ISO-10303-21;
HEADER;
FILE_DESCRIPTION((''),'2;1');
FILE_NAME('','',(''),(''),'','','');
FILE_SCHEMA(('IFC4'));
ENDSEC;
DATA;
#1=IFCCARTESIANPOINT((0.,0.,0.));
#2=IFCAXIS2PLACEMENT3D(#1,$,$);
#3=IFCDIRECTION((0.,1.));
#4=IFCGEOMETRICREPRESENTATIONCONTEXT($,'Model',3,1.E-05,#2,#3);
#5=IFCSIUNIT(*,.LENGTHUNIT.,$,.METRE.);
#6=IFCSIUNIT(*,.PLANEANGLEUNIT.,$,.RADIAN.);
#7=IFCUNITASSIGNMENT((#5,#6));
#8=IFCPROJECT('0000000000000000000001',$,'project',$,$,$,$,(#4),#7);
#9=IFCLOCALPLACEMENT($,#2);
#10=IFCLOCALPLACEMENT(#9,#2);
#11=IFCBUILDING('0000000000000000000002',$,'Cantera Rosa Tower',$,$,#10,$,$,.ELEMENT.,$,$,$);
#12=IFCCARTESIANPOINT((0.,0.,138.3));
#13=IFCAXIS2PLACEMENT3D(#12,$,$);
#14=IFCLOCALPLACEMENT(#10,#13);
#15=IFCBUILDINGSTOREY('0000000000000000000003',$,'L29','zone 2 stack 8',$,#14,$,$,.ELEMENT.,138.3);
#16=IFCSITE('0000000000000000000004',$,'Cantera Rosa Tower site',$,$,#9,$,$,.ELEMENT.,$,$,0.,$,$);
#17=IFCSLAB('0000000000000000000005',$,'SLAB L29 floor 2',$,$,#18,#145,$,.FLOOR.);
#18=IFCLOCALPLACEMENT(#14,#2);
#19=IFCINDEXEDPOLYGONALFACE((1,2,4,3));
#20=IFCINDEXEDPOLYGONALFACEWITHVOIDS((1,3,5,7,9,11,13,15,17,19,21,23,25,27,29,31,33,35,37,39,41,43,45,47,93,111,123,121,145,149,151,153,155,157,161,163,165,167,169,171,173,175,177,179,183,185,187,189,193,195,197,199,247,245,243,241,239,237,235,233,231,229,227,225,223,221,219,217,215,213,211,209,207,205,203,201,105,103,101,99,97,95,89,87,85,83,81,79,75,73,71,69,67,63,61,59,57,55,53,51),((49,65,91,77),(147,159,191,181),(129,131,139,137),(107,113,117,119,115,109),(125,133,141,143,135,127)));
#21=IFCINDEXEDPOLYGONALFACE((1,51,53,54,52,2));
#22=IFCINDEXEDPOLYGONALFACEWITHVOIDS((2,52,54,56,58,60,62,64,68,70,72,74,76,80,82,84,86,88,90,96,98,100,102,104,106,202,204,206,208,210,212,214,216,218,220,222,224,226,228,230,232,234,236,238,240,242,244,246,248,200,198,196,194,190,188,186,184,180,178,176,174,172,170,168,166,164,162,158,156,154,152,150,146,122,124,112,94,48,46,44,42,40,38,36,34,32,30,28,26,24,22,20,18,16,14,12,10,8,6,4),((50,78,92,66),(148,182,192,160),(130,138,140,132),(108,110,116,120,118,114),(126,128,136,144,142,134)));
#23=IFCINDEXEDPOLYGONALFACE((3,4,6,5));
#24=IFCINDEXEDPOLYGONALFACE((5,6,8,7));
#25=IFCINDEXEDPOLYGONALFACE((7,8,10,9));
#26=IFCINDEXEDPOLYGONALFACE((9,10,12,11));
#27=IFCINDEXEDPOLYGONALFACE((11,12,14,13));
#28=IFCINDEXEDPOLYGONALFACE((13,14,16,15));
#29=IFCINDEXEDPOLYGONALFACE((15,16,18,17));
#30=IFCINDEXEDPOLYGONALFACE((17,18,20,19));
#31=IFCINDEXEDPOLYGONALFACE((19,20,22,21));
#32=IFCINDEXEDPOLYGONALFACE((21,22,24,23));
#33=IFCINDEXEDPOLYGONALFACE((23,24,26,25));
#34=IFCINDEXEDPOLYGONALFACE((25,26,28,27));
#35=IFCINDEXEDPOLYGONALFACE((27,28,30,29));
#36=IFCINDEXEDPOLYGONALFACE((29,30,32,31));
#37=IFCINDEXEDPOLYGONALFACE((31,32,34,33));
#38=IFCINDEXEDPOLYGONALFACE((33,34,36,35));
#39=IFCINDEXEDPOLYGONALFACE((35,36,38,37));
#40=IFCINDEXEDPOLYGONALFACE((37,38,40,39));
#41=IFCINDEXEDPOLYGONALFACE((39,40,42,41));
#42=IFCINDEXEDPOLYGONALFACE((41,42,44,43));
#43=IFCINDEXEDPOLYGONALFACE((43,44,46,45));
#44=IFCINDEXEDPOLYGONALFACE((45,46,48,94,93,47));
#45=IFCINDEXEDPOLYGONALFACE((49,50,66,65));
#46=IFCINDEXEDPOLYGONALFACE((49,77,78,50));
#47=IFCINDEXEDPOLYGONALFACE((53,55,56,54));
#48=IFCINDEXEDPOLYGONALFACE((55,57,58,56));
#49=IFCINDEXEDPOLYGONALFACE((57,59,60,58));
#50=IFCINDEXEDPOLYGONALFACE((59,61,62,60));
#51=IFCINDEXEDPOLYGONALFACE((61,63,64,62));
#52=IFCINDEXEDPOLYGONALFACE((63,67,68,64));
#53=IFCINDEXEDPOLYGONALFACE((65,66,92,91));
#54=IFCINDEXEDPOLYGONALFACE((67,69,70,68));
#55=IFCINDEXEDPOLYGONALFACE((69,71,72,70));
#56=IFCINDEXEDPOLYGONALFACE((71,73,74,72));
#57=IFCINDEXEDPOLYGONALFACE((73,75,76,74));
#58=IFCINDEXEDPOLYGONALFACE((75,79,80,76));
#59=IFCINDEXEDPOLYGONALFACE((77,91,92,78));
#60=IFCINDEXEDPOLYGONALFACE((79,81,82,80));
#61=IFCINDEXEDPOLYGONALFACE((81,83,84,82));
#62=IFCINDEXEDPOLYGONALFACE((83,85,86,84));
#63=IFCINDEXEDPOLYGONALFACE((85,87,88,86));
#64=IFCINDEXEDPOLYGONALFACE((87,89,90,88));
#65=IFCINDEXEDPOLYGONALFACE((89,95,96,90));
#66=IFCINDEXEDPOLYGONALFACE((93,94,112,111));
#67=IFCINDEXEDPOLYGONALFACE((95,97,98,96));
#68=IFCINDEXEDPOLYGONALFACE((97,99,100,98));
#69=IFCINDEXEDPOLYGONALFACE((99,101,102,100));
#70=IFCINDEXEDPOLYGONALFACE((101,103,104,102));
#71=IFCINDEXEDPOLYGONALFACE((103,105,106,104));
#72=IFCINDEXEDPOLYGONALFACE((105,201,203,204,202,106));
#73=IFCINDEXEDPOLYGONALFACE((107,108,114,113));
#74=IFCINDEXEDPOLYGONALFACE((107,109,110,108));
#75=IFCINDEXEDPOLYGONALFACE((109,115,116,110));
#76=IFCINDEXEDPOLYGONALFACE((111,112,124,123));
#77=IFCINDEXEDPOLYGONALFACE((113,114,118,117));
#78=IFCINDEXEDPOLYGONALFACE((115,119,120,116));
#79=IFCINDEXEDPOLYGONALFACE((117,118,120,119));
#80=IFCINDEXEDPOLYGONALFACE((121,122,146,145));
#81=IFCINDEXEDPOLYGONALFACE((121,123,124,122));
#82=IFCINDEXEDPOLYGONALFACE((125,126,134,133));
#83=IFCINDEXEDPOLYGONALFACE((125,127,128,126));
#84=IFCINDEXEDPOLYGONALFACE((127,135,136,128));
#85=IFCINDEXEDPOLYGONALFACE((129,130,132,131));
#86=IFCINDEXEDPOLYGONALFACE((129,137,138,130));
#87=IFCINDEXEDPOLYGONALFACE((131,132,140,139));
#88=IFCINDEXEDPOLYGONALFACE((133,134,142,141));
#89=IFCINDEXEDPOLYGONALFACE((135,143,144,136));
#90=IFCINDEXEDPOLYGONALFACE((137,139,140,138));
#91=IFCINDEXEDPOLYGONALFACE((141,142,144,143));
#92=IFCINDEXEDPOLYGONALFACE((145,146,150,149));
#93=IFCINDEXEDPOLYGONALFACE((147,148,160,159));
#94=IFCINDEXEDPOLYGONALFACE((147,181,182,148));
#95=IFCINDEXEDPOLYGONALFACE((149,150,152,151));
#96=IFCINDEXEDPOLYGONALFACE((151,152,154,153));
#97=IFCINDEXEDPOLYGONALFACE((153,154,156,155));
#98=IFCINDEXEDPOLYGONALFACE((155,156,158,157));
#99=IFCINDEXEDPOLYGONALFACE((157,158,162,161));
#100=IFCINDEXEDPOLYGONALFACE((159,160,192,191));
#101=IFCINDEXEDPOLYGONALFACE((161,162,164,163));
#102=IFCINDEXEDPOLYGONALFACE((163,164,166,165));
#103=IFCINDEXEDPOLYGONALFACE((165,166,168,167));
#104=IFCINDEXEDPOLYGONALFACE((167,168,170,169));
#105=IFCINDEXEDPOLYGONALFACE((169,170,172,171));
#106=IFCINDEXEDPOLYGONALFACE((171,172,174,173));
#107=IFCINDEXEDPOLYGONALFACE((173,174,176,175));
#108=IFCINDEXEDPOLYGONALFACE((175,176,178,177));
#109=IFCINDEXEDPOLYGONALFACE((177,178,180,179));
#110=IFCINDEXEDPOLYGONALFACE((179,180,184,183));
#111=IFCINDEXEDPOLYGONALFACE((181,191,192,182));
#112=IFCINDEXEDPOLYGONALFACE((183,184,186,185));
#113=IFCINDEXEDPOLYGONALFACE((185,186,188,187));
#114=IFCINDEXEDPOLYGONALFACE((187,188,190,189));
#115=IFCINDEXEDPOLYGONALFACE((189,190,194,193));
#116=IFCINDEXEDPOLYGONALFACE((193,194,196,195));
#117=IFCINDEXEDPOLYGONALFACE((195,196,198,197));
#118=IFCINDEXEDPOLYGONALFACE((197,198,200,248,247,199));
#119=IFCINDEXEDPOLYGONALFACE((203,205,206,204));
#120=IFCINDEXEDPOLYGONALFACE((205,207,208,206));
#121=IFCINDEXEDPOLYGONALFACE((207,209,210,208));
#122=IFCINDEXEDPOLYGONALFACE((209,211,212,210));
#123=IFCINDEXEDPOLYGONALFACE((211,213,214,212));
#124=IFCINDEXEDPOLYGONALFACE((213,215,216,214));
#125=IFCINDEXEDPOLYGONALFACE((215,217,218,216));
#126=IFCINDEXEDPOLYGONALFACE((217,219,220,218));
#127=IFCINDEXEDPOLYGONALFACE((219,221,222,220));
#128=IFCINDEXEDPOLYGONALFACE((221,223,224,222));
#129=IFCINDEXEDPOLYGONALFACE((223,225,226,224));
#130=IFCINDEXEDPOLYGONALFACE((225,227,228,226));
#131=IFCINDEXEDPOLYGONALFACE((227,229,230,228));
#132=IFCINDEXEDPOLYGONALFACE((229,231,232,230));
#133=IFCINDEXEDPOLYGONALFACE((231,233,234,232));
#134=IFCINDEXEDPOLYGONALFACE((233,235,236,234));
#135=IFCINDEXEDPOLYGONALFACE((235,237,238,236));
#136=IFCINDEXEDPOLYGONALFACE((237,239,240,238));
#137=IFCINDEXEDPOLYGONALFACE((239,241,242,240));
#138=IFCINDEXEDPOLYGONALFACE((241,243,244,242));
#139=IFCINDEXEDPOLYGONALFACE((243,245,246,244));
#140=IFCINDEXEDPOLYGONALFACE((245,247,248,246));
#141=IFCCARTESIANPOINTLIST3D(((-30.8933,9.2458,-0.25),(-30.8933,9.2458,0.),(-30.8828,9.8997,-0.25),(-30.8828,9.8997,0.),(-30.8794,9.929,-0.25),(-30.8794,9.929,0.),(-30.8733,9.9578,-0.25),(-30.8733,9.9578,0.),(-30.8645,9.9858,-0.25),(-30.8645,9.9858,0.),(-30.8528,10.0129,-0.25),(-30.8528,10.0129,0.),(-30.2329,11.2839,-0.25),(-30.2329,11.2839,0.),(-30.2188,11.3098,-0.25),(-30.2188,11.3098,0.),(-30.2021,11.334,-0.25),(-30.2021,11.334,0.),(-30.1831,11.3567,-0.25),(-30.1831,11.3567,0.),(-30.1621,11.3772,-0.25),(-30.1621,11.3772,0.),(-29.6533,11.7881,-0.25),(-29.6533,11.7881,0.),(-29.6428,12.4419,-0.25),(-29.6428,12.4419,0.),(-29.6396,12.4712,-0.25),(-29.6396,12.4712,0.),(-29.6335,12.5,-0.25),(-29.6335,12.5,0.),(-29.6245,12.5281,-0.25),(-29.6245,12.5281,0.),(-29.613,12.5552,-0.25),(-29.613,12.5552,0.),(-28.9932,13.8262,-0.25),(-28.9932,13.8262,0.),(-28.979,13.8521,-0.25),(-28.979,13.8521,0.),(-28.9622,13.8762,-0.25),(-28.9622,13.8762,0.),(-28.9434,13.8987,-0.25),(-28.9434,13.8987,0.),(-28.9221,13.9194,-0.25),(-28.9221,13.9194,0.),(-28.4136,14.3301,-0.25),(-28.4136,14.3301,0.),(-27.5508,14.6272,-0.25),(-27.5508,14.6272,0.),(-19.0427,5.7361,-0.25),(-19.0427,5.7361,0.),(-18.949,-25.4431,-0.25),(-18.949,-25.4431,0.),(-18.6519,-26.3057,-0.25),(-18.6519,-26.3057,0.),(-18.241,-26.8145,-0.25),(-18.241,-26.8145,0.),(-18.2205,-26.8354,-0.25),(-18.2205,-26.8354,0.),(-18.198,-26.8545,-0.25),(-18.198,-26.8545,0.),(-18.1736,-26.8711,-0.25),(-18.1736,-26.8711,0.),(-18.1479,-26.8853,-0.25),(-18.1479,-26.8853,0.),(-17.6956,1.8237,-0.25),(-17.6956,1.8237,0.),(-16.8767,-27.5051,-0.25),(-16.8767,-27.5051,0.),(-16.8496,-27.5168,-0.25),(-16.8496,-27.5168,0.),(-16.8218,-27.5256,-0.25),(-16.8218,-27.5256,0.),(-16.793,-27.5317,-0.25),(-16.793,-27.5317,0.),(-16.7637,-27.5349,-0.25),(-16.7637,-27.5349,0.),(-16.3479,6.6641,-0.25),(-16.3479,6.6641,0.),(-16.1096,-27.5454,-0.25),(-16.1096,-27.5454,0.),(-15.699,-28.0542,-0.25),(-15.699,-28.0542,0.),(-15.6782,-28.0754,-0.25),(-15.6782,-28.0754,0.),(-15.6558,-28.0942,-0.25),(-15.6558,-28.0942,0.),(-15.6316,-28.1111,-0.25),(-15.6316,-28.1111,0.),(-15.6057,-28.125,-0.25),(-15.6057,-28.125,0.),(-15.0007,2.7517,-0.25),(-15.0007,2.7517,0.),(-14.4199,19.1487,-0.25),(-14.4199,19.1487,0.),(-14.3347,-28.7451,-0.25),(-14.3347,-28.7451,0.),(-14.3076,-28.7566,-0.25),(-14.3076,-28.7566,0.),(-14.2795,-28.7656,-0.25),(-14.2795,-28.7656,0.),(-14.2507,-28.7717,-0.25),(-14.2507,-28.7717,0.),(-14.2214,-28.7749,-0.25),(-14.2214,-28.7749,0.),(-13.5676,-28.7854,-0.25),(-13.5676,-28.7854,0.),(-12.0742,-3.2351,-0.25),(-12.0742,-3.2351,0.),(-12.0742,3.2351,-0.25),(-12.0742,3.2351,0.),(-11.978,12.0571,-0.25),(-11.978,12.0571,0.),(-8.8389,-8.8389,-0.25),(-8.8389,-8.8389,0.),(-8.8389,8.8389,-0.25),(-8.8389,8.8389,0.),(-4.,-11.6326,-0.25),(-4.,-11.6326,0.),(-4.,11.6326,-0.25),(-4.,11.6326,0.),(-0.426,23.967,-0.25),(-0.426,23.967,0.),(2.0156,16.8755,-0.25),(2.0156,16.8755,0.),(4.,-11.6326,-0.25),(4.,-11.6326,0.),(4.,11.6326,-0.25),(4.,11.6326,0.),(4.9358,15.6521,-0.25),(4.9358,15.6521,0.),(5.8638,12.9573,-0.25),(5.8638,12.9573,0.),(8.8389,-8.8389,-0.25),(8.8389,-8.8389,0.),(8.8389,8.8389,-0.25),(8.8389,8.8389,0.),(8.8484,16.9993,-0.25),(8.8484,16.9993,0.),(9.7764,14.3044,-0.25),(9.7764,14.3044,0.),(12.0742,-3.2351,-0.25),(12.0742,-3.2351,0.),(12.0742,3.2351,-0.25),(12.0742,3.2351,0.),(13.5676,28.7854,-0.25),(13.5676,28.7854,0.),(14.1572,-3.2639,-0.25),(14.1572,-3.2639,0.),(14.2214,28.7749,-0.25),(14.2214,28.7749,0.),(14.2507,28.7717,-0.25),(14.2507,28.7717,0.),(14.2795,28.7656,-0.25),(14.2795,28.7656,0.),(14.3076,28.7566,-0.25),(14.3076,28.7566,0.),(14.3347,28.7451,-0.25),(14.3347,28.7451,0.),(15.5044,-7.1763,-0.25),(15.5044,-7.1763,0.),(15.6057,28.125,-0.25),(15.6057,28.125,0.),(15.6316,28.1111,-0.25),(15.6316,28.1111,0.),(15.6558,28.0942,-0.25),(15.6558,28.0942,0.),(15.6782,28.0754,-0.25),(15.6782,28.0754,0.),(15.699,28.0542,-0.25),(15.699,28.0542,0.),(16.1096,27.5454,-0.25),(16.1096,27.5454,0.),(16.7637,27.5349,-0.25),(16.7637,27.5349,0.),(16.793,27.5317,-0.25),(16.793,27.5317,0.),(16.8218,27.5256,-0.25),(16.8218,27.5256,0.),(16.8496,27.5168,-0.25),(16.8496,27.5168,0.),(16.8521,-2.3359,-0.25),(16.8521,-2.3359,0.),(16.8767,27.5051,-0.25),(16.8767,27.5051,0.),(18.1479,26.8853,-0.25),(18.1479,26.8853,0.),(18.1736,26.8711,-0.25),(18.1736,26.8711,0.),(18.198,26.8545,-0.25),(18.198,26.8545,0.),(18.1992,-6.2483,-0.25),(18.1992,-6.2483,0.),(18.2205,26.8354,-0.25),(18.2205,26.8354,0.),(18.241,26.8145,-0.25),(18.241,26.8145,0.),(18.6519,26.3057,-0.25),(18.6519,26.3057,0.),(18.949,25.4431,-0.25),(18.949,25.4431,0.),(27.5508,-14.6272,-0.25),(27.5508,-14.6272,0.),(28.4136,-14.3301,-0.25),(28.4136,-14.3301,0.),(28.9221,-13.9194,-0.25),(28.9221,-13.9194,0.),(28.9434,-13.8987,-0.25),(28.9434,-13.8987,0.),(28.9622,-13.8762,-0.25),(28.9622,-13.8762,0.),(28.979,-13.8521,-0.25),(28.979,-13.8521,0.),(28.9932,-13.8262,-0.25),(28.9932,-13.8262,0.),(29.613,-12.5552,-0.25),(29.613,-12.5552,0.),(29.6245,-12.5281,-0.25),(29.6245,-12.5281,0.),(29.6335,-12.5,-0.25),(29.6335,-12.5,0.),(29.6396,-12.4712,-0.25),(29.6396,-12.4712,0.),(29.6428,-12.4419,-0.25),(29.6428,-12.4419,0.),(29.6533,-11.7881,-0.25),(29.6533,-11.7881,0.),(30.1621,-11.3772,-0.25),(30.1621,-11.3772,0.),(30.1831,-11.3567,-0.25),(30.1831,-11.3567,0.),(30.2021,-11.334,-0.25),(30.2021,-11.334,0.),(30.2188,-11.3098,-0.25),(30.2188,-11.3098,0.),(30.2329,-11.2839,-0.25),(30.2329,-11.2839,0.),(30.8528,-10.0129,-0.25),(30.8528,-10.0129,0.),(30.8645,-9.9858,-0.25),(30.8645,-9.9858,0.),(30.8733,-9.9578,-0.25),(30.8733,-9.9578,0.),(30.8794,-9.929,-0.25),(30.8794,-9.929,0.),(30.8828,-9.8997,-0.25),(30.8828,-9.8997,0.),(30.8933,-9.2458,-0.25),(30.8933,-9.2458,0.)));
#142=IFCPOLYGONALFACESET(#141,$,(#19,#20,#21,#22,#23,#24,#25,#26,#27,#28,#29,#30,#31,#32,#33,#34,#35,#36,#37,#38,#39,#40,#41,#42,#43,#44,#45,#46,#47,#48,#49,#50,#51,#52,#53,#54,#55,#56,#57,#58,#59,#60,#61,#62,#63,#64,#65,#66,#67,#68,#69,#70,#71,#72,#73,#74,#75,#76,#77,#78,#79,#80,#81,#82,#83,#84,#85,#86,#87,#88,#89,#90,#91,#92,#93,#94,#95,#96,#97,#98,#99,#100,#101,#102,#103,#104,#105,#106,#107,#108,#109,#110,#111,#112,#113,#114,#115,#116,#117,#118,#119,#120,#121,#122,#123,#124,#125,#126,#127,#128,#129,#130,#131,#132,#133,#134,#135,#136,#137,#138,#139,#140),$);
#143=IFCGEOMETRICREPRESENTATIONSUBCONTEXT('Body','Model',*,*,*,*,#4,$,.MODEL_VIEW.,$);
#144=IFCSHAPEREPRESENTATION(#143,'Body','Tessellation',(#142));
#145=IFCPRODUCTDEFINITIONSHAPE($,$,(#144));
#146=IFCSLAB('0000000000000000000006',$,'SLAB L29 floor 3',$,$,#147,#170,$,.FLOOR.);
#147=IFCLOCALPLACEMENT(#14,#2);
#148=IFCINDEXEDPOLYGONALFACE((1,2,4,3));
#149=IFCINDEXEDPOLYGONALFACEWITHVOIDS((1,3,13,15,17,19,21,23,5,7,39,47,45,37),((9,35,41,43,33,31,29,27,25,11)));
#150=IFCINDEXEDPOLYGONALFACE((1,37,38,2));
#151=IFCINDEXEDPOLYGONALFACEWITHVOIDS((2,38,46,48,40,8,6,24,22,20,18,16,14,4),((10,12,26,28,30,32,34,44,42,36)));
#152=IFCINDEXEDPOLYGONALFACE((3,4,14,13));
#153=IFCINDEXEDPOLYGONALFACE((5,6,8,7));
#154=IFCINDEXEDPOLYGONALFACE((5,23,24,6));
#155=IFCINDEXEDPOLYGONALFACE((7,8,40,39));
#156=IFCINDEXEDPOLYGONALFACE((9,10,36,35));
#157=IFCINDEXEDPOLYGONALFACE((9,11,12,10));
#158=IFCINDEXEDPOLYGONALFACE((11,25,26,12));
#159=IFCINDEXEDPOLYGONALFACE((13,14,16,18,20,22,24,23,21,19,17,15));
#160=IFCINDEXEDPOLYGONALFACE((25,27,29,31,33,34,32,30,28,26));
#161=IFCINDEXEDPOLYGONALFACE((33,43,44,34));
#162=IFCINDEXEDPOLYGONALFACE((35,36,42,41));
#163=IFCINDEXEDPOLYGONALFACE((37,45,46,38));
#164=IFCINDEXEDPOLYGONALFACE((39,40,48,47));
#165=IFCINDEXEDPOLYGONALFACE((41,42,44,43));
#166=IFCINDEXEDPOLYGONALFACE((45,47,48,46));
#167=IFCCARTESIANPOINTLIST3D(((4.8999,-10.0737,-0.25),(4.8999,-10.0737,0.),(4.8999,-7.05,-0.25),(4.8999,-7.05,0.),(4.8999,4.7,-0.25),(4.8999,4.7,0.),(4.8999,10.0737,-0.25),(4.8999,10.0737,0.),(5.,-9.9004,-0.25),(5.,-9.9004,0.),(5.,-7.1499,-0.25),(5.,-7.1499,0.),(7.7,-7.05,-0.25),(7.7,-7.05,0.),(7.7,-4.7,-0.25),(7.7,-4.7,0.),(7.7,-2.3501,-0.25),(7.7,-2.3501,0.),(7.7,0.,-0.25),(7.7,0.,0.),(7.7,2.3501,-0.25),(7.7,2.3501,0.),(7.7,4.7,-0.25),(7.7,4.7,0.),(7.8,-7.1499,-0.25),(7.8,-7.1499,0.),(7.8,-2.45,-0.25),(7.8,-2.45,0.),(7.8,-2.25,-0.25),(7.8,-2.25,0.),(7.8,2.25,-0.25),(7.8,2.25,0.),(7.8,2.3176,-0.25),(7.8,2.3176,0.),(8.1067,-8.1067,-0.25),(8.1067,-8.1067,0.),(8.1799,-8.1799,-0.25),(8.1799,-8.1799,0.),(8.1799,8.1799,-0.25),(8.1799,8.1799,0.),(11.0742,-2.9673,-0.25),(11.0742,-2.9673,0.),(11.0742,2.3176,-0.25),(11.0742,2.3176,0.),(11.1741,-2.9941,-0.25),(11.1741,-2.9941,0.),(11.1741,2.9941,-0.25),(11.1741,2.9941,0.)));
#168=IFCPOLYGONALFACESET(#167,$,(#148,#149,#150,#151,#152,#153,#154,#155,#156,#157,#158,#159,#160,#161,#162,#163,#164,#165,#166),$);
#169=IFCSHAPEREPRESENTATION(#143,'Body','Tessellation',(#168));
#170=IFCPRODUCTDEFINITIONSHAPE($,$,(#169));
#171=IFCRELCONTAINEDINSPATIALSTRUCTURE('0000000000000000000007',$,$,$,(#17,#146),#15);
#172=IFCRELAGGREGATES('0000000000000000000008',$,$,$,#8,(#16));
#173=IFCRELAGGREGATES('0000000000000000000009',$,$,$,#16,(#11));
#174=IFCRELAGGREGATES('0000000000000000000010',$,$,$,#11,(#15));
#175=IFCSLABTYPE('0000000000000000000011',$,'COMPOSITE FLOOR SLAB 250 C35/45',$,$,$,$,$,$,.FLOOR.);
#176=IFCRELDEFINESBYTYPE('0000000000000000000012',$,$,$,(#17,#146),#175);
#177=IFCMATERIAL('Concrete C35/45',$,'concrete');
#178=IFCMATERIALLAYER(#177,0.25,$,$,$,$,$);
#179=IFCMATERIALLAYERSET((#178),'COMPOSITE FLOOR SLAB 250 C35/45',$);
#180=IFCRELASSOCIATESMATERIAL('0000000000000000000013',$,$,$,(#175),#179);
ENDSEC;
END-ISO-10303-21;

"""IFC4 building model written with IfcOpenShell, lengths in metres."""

from ifc_helpers import new_model, si_unit, direction, frame, origin, place, context, subcontext, project, spatial, polyline, outline, extrude, material, layer, layer_set, type_object, element, save


model = new_model("IFC4")

# Units and contexts
model_context = context("Model", 3, precision=1e-05, world=origin(), true_north=direction((0.0, 1.0)))
body_context = subcontext(model_context, "Body", "Model", "MODEL_VIEW")
ifc_project = project(units=[si_unit("LENGTHUNIT", "METRE"), si_unit("PLANEANGLEUNIT", "RADIAN")], contexts=[model_context])

# Site, building, storey
site_placement = place(None, origin())
site = spatial("IfcSite", under=ifc_project, at=site_placement, Name="Cantera Rosa Tower site", CompositionType="ELEMENT", RefElevation=0.0)
building_placement = place(site_placement, origin())
building = spatial("IfcBuilding", under=site, at=building_placement, Name="Cantera Rosa Tower", CompositionType="ELEMENT")
storey_placement = place(building_placement, frame((0.0, 0.0, 138.3)))
storey = spatial("IfcBuildingStorey", under=building, at=storey_placement, Name="L29", Description="zone 2 stack 8", CompositionType="ELEMENT", Elevation=138.3)

# Slabs
ifc_material_1 = material(Name="Concrete C35/45", Category="concrete")
ifc_layer_1 = layer(ifc_material_1, 0.25)
ifc_layer_set_1 = layer_set([ifc_layer_1], Name="COMPOSITE FLOOR SLAB 250 C35/45")
slab_type_1 = type_object("IfcSlabType", Name="COMPOSITE FLOOR SLAB 250 C35/45", PredefinedType="FLOOR", material=ifc_layer_set_1)
slab_1_placement = place(storey_placement, frame((0.0, 0.0, -0.25)))
element("IfcSlab", 1, at=slab_1_placement, inside=storey, type_object=slab_type_1, Name="SLAB L29 floor 2", PredefinedType="FLOOR", context=body_context, shape_type="SweptSolid", body=[
    extrude(outline(polyline([(-14.3347, -28.7451), (-15.6057, -28.125), (-15.6316, -28.1111), (-15.6558, -28.0942), (-15.6782, -28.0754), (-15.699, -28.0542), (-16.1096, -27.5454), (-16.7637, -27.5349), (-16.793, -27.5317), (-16.8218, -27.5256), (-16.8496, -27.5168), (-16.8767, -27.5051), (-18.1479, -26.8853), (-18.1736, -26.8711), (-18.198, -26.8545), (-18.2205, -26.8354), (-18.241, -26.8145), (-18.6519, -26.3057), (-18.949, -25.4431), (-30.8933, 9.2458), (-30.8828, 9.8997), (-30.8794, 9.929), (-30.8733, 9.9578), (-30.8645, 9.9858), (-30.8528, 10.0129), (-30.2329, 11.2839), (-30.2188, 11.3098), (-30.2021, 11.334), (-30.1831, 11.3567), (-30.1621, 11.3772), (-29.6533, 11.7881), (-29.6428, 12.4419), (-29.6396, 12.4712), (-29.6335, 12.5), (-29.6245, 12.5281), (-29.613, 12.5552), (-28.9932, 13.8262), (-28.979, 13.8521), (-28.9622, 13.8762), (-28.9434, 13.8987), (-28.9221, 13.9194), (-28.4136, 14.3301), (-27.5508, 14.6272), (-14.4199, 19.1487), (-11.978, 12.0571), (2.0156, 16.8755), (-0.426, 23.967), (13.5676, 28.7854), (14.2214, 28.7749), (14.2507, 28.7717), (14.2795, 28.7656), (14.3076, 28.7566), (14.3347, 28.7451), (15.6057, 28.125), (15.6316, 28.1111), (15.6558, 28.0942), (15.6782, 28.0754), (15.699, 28.0542), (16.1096, 27.5454), (16.7637, 27.5349), (16.793, 27.5317), (16.8218, 27.5256), (16.8496, 27.5168), (16.8767, 27.5051), (18.1479, 26.8853), (18.1736, 26.8711), (18.198, 26.8545), (18.2205, 26.8354), (18.241, 26.8145), (18.6519, 26.3057), (18.949, 25.4431), (30.8933, -9.2458), (30.8828, -9.8997), (30.8794, -9.929), (30.8733, -9.9578), (30.8645, -9.9858), (30.8528, -10.0129), (30.2329, -11.2839), (30.2188, -11.3098), (30.2021, -11.334), (30.1831, -11.3567), (30.1621, -11.3772), (29.6533, -11.7881), (29.6428, -12.4419), (29.6396, -12.4712), (29.6335, -12.5), (29.6245, -12.5281), (29.613, -12.5552), (28.9932, -13.8262), (28.979, -13.8521), (28.9622, -13.8762), (28.9434, -13.8987), (28.9221, -13.9194), (28.4136, -14.3301), (27.5508, -14.6272), (-13.5676, -28.7854), (-14.2214, -28.7749), (-14.2507, -28.7717), (-14.2795, -28.7656), (-14.3076, -28.7566), (-14.3347, -28.7451)]), holes=[polyline([(-8.8389, 8.8389), (-12.0742, 3.2351), (-12.0742, -3.2351), (-8.8389, -8.8389), (-4.0, -11.6326), (-4.0, 11.6326), (-8.8389, 8.8389)]), polyline([(-17.6956, 1.8237), (-15.0007, 2.7517), (-16.3479, 6.6641), (-19.0427, 5.7361), (-17.6956, 1.8237)]), polyline([(18.1992, -6.2483), (16.8521, -2.3359), (14.1572, -3.2639), (15.5044, -7.1763), (18.1992, -6.2483)]), polyline([(8.8389, -8.8389), (12.0742, -3.2351), (12.0742, 3.2351), (8.8389, 8.8389), (4.0, 11.6326), (4.0, -11.6326), (8.8389, -8.8389)]), polyline([(9.7764, 14.3044), (8.8484, 16.9993), (4.9358, 15.6521), (5.8638, 12.9573), (9.7764, 14.3044)])]), origin(), (0.0, 0.0, 1.0), 0.25),
])
slab_2_placement = place(storey_placement, frame((0.0, 0.0, -0.25)))
element("IfcSlab", 2, at=slab_2_placement, inside=storey, type_object=slab_type_1, Name="SLAB L29 floor 3", PredefinedType="FLOOR", context=body_context, shape_type="SweptSolid", body=[
    extrude(outline(polyline([(4.8999, 4.7), (4.8999, 10.0737), (8.1799, 8.1799), (11.1741, 2.9941), (11.1741, -2.9941), (8.1799, -8.1799), (4.8999, -10.0737), (4.8999, -7.05), (7.7, -7.05), (7.7, -4.7), (7.7, -2.3501), (7.7, 0.0), (7.7, 2.3501), (7.7, 4.7), (4.8999, 4.7)]), holes=[polyline([(7.8, 2.25), (7.8, -2.25), (7.8, -2.45), (7.8, -7.1499), (5.0, -7.1499), (5.0, -9.9004), (8.1067, -8.1067), (11.0742, -2.9673), (11.0742, 2.3176), (7.8, 2.3176), (7.8, 2.25)])]), origin(), (0.0, 0.0, 1.0), 0.25),
])

save(model, "model.ifc")
